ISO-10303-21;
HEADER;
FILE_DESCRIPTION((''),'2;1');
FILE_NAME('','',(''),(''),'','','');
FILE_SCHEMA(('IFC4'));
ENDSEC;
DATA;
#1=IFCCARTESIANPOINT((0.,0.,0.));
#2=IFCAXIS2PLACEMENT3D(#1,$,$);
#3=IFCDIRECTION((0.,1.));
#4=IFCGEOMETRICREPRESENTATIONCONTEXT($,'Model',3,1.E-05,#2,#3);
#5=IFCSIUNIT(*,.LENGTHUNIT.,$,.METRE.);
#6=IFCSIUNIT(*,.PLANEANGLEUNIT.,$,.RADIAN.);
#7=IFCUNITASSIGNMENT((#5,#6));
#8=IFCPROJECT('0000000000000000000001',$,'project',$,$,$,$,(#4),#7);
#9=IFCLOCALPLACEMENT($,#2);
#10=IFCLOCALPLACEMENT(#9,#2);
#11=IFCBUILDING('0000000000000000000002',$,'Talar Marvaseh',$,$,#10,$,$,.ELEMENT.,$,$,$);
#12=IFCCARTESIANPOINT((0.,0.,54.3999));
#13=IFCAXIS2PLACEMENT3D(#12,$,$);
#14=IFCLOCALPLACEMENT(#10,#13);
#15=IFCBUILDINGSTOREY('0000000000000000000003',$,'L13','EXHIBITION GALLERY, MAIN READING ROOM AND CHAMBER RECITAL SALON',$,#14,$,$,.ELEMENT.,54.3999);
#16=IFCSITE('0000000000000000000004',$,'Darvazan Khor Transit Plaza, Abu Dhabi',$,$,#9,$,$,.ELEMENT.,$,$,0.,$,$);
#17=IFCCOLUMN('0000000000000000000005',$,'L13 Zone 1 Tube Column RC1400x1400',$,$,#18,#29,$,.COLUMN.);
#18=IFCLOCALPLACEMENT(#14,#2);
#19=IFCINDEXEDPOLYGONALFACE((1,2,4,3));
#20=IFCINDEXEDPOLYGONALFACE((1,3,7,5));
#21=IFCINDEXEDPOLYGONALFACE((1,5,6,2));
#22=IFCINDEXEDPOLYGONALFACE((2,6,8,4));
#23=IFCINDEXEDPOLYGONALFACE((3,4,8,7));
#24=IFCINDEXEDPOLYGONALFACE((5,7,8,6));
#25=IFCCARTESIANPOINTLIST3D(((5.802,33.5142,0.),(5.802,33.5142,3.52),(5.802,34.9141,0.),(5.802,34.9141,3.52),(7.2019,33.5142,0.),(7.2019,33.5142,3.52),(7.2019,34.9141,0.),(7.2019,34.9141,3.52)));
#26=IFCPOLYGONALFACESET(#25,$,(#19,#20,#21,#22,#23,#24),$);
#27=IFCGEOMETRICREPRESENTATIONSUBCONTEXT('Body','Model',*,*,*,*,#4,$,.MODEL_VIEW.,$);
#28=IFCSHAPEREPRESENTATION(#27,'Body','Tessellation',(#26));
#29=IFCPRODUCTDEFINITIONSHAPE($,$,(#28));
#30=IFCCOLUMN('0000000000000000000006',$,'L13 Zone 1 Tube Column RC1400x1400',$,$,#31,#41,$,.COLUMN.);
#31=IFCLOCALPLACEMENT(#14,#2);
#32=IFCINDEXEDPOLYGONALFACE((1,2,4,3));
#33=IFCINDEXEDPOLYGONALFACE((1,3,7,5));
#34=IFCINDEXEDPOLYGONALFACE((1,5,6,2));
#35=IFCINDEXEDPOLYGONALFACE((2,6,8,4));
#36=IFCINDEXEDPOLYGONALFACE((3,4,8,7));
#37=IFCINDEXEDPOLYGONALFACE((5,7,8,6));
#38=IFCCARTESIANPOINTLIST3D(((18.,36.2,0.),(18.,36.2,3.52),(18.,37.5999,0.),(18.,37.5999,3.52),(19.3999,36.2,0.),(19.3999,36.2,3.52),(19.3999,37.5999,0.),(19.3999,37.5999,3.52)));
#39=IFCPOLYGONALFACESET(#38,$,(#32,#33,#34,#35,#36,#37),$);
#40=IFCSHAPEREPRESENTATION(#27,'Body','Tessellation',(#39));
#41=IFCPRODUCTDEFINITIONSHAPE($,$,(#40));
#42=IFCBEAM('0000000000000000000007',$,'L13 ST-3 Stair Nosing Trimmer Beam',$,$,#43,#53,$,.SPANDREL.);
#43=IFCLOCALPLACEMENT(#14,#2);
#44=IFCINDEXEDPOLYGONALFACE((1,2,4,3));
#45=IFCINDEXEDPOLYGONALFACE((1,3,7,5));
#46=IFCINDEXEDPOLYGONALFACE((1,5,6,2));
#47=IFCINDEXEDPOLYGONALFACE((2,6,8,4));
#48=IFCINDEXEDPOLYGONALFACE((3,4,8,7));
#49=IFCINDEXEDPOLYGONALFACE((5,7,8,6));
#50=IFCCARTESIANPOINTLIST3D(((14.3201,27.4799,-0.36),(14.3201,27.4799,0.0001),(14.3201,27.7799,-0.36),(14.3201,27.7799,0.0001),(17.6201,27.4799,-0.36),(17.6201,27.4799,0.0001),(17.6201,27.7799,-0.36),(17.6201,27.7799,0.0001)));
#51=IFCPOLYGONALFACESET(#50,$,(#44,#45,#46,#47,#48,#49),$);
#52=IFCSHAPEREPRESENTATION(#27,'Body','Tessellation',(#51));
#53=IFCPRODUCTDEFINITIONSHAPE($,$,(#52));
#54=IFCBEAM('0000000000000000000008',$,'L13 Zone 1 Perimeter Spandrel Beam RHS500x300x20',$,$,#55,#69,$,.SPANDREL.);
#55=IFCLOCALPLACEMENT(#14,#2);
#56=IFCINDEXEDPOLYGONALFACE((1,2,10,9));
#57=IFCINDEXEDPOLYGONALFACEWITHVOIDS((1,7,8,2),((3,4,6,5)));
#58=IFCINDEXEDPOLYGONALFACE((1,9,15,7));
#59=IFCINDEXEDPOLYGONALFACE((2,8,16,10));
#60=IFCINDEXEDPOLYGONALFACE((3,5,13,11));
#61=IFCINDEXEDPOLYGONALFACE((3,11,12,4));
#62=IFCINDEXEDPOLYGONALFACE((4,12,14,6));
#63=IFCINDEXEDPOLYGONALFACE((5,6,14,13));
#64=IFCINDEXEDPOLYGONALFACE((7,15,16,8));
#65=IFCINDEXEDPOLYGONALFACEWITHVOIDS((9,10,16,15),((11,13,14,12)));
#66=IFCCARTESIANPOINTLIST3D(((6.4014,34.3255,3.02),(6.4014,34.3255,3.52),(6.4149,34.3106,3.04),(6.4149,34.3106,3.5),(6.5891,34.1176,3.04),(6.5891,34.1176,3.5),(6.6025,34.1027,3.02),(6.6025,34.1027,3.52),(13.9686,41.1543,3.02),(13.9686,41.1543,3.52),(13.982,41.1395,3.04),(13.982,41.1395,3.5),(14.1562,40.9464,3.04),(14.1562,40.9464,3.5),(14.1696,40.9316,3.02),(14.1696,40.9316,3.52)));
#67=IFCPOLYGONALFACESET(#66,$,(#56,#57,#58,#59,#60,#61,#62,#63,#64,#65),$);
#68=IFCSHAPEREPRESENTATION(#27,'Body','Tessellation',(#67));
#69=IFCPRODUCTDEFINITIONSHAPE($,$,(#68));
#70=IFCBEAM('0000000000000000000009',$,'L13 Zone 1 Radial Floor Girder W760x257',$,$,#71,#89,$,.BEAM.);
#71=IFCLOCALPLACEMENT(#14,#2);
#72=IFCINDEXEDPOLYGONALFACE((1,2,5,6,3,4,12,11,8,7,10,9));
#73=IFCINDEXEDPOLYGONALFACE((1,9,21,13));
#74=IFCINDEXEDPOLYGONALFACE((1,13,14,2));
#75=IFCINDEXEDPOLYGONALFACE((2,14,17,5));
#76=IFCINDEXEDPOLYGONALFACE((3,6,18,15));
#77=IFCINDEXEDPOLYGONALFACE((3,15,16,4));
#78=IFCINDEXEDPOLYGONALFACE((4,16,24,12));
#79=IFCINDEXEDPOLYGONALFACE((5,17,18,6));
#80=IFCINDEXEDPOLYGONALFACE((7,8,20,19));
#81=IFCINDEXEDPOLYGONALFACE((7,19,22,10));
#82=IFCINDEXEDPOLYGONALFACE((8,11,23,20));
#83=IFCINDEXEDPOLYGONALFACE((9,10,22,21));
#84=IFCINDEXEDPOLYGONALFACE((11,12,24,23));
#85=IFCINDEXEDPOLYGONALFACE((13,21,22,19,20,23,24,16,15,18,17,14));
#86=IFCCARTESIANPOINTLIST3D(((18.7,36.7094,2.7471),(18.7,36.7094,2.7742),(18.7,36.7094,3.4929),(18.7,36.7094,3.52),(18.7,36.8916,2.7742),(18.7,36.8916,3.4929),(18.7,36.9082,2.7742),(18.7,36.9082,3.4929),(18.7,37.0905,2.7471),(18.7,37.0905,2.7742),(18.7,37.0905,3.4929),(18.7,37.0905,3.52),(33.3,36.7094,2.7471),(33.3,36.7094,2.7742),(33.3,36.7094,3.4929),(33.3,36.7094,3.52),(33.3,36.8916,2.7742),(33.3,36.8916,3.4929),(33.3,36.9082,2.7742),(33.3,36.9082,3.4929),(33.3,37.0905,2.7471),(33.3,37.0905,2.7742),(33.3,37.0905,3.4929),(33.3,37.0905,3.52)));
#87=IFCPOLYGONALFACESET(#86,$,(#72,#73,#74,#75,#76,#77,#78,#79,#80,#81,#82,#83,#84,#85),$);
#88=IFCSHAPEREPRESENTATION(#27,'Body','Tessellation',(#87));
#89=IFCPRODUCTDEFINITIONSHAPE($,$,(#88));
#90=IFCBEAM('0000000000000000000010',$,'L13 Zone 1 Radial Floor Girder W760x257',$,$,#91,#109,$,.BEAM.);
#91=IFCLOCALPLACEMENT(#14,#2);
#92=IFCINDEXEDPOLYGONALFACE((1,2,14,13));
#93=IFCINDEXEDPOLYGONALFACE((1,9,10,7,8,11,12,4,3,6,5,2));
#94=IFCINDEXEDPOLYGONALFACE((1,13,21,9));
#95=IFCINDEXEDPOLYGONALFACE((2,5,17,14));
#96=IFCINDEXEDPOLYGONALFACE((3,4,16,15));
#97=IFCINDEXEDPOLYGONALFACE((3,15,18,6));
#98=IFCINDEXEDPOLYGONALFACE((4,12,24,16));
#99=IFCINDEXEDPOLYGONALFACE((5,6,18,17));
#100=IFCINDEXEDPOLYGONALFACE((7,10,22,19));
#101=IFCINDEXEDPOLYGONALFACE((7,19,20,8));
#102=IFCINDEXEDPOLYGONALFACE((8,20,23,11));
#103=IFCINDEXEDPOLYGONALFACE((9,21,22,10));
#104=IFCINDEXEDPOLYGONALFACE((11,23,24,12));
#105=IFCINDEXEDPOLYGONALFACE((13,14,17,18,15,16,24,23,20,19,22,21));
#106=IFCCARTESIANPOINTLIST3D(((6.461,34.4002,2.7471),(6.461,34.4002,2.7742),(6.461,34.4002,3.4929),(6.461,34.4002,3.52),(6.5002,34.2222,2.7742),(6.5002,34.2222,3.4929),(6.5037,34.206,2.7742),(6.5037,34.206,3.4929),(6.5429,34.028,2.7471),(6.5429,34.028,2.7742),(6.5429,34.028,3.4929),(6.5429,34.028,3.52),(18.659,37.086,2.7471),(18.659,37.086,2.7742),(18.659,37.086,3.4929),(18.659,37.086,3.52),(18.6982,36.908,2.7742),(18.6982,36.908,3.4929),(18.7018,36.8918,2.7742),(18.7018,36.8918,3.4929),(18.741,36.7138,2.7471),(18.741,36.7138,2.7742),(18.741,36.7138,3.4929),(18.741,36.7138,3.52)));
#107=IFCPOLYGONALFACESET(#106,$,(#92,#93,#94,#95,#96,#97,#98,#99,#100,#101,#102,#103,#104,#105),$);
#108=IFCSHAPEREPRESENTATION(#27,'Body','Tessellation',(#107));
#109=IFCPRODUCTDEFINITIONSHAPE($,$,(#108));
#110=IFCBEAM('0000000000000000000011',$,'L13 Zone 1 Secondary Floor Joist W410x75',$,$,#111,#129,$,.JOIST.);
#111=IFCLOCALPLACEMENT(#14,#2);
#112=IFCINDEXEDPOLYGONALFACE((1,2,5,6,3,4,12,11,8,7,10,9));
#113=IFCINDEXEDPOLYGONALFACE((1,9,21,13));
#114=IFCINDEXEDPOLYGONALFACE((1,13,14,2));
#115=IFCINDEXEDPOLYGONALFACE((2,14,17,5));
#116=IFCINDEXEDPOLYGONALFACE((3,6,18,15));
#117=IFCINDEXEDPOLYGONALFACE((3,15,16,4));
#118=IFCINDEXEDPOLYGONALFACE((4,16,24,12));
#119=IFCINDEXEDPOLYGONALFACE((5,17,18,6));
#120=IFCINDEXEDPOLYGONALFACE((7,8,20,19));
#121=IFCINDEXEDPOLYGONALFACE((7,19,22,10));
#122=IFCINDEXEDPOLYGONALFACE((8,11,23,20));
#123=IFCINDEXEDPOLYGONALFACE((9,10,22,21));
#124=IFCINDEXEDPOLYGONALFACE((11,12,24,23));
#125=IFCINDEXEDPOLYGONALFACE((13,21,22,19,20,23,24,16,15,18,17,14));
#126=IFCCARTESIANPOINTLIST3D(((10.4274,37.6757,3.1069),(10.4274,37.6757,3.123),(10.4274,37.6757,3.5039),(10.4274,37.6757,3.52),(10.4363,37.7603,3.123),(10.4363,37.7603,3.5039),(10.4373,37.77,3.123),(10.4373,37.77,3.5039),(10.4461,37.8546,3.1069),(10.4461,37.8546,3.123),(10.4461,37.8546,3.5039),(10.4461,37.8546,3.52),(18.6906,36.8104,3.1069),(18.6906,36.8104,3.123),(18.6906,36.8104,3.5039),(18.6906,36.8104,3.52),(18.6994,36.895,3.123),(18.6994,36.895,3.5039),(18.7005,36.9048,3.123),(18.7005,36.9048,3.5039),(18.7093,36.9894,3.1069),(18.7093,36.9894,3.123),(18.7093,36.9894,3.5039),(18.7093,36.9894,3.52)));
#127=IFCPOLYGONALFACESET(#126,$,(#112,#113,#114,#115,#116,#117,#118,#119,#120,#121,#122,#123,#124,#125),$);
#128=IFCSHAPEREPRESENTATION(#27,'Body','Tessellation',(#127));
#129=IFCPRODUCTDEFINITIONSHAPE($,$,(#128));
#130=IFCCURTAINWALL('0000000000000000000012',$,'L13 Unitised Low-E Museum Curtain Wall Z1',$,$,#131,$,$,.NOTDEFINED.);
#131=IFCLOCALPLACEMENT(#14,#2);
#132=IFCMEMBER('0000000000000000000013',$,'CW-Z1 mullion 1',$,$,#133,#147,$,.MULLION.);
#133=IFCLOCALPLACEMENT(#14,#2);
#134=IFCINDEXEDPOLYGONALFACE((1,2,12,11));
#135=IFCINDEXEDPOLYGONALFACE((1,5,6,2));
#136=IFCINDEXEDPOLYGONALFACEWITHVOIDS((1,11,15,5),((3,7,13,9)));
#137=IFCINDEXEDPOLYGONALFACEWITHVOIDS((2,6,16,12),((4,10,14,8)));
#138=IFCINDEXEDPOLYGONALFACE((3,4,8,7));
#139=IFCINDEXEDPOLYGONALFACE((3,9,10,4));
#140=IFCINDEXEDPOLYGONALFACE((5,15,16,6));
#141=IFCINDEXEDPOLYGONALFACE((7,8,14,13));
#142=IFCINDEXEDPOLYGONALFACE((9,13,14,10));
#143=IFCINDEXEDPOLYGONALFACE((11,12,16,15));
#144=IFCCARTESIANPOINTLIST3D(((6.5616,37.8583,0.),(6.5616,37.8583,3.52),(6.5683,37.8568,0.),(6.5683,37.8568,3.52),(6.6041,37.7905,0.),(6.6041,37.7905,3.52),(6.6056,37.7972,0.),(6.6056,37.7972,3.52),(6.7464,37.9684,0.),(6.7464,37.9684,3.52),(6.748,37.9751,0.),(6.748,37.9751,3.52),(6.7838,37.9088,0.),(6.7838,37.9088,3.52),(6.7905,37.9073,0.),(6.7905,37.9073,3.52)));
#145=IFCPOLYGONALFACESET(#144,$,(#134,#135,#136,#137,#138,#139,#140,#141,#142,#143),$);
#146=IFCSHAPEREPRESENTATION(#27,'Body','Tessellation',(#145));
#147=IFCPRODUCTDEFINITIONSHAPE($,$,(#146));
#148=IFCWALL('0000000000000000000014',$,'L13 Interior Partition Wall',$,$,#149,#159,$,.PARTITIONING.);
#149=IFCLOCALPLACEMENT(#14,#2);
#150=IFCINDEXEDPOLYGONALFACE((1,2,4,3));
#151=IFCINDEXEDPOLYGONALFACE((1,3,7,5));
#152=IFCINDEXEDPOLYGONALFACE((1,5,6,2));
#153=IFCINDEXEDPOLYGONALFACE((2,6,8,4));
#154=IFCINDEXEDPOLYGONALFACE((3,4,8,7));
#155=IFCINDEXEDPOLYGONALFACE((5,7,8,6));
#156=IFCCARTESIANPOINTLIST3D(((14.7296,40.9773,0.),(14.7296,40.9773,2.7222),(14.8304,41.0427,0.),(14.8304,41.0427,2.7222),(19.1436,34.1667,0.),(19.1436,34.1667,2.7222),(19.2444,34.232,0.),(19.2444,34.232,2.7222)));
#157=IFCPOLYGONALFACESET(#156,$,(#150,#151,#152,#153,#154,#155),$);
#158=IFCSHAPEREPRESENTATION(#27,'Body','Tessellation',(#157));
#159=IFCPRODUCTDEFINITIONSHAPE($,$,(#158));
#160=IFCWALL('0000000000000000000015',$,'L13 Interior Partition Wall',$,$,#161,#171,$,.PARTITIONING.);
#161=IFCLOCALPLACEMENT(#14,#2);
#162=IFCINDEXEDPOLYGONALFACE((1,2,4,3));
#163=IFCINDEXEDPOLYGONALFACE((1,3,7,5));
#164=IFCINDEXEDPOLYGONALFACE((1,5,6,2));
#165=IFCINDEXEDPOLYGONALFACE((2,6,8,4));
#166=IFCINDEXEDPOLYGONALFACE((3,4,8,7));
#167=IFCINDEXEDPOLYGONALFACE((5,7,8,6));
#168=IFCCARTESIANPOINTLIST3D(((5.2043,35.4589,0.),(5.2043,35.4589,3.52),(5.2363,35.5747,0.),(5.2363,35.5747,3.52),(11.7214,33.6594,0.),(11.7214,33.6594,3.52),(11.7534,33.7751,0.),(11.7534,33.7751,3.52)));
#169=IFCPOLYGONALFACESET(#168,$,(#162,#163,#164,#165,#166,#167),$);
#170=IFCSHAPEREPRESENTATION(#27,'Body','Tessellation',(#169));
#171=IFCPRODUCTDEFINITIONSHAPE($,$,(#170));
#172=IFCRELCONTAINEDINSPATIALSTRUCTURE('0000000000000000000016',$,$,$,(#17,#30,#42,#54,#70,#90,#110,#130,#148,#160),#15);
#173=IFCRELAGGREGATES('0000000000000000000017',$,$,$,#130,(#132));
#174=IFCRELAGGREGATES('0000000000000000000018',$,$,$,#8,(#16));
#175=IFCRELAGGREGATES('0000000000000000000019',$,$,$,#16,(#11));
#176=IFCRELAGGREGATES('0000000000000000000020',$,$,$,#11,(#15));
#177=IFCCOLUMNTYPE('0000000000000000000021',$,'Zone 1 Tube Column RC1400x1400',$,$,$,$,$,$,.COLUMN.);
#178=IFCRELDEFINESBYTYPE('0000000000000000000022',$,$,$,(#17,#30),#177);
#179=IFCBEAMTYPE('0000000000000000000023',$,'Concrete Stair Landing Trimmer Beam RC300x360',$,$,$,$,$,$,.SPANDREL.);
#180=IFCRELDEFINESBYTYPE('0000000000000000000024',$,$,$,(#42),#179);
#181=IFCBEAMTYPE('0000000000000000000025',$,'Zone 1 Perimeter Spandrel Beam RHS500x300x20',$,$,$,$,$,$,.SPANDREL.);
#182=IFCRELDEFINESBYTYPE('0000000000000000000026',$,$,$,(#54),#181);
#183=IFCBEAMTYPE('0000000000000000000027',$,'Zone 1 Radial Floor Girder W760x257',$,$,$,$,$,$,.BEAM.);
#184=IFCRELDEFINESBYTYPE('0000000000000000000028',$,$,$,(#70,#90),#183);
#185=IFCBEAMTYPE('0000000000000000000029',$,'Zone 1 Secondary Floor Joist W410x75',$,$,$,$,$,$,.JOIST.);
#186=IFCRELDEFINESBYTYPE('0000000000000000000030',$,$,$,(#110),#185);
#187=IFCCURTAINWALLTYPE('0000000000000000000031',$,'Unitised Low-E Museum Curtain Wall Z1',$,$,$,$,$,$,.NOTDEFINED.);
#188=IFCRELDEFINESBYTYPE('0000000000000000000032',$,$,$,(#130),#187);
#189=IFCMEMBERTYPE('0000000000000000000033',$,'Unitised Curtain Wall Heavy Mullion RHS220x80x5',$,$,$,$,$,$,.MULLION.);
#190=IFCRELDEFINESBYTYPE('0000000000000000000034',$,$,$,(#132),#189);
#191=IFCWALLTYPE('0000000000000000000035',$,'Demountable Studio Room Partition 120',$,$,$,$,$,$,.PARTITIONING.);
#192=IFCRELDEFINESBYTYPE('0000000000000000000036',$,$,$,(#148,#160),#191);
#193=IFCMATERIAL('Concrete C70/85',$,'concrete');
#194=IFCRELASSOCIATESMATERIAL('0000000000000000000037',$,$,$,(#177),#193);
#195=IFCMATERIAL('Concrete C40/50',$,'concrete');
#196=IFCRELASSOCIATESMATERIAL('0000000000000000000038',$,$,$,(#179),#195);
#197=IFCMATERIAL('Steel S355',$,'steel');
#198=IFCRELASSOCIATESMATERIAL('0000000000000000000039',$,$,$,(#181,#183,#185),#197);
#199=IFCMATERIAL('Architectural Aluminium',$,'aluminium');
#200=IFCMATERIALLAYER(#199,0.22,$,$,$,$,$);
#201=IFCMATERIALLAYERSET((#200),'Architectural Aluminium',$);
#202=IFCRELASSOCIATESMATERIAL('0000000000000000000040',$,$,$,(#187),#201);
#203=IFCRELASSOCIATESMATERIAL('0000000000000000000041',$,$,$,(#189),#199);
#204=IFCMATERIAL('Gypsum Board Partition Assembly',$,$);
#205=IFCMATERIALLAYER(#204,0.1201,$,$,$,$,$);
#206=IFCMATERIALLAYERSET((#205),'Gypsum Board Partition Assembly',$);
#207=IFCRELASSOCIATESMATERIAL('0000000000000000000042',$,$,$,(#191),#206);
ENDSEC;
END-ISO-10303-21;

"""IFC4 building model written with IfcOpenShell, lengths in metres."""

from ifc_helpers import new_model, si_unit, direction, frame, frame_2d, origin, origin_2d, place, context, subcontext, project, spatial, rectangle, hollow_rectangle, i_section, extrude, source, transform, mapped, material, layer, layer_set, material_profile, profile_set, type_object, type_shapes, element, aggregate, save


model = new_model("IFC4")

# Units and contexts
model_context = context("Model", 3, precision=1e-05, world=origin(), true_north=direction((0.0, 1.0)))
body_context = subcontext(model_context, "Body", "Model", "MODEL_VIEW")
ifc_project = project(units=[si_unit("LENGTHUNIT", "METRE"), si_unit("PLANEANGLEUNIT", "RADIAN")], contexts=[model_context])

# Site, building, storey
site_placement = place(None, origin())
site = spatial("IfcSite", under=ifc_project, at=site_placement, Name="Darvazan Khor Transit Plaza, Abu Dhabi", CompositionType="ELEMENT", RefElevation=0.0)
building_placement = place(site_placement, origin())
building = spatial("IfcBuilding", under=site, at=building_placement, Name="Talar Marvaseh", CompositionType="ELEMENT")
storey_placement = place(building_placement, frame((0.0, 0.0, 54.3999)))
storey = spatial("IfcBuildingStorey", under=building, at=storey_placement, Name="L13", Description="EXHIBITION GALLERY, MAIN READING ROOM AND CHAMBER RECITAL SALON", CompositionType="ELEMENT", Elevation=54.3999)

# Columns
ifc_material_1 = material(Name="Concrete C70/85", Category="concrete")
ifc_material_profile_1 = material_profile(ifc_material_1, rectangle(XDim=1.3999, YDim=1.3999, at=origin_2d()), Name="RC1400x1400")
ifc_profile_set_1 = profile_set([ifc_material_profile_1], Name="Concrete C70/85")
column_type = type_object("IfcColumnType", Name="Zone 1 Tube Column RC1400x1400", PredefinedType="COLUMN", material=ifc_profile_set_1)
for number, where, z_axis, x_axis, name in (
    (1, (6.502, 34.2141, 0.0), (0.0, 0.0, 1.0), (1.0, 0.0, 0.0), "L13 Zone 1 Tube Column RC1400x1400"),
    (2, (18.7, 36.8999, 0.0), (0.0, 0.0, 1.0), (1.0, 0.0, 0.0), "L13 Zone 1 Tube Column RC1400x1400"),
):
    element("IfcColumn", number, at=place(storey_placement, frame(where, z_axis=z_axis, x_axis=x_axis)), inside=storey, type_object=column_type, Name=name, PredefinedType="COLUMN", context=body_context, shape_type="SweptSolid", body=[
        extrude(rectangle(XDim=1.3999, YDim=1.3999, at=origin_2d()), origin(), (0.0, 0.0, 1.0), 3.52),
    ])

# Beams
ifc_material_2 = material(Name="Concrete C40/50", Category="concrete")
ifc_material_profile_2 = material_profile(ifc_material_2, rectangle(XDim=0.3, YDim=0.3601, at=origin_2d()), Name="RC300x360")
ifc_profile_set_2 = profile_set([ifc_material_profile_2], Name="Concrete C40/50")
beam_type_1 = type_object("IfcBeamType", Name="Concrete Stair Landing Trimmer Beam RC300x360", PredefinedType="SPANDREL", material=ifc_profile_set_2)
beam_1_placement = place(storey_placement, frame((17.6201, 27.6299, -0.1799), z_axis=(-1.0, 0.0, 0.0), x_axis=(0.0, -1.0, 0.0)))
element("IfcBeam", 3, at=beam_1_placement, inside=storey, type_object=beam_type_1, Name="L13 ST-3 Stair Nosing Trimmer Beam", PredefinedType="SPANDREL", context=body_context, shape_type="SweptSolid", body=[
    extrude(rectangle(XDim=0.3, YDim=0.3601, at=origin_2d()), origin(), (0.0, 0.0, 1.0), 3.3),
])
ifc_material_3 = material(Name="Steel S355", Category="steel")
ifc_material_profile_3 = material_profile(ifc_material_3, hollow_rectangle(XDim=0.3, YDim=0.5, WallThickness=0.02, at=origin_2d()), Name="RHS500x300x20")
ifc_profile_set_3 = profile_set([ifc_material_profile_3], Name="Steel S355")
beam_type_2 = type_object("IfcBeamType", Name="Zone 1 Perimeter Spandrel Beam RHS500x300x20", PredefinedType="SPANDREL", material=ifc_profile_set_3)
beam_2_placement = place(storey_placement, frame((6.502, 34.2141, 3.27), z_axis=(0.742394, 0.669963, 0.0), x_axis=(-0.669963, 0.742394, 0.0)))
element("IfcBeam", 4, at=beam_2_placement, inside=storey, type_object=beam_type_2, Name="L13 Zone 1 Perimeter Spandrel Beam RHS500x300x20", PredefinedType="SPANDREL", context=body_context, shape_type="SweptSolid", body=[
    extrude(hollow_rectangle(XDim=0.3, YDim=0.5, WallThickness=0.02, at=origin_2d()), origin(), (0.0, 0.0, 1.0), 10.1929),
])
ifc_material_profile_4 = material_profile(ifc_material_3, i_section(OverallWidth=0.3811, OverallDepth=0.7729, WebThickness=0.0166, FlangeThickness=0.0271, at=origin_2d()), Name="W760x257")
ifc_profile_set_4 = profile_set([ifc_material_profile_4], Name="Steel S355")
beam_type_3 = type_object("IfcBeamType", Name="Zone 1 Radial Floor Girder W760x257", PredefinedType="BEAM", material=ifc_profile_set_4)
beam_3_placement = place(storey_placement, frame((18.7, 36.8999, 3.1335), z_axis=(1.0, 0.0, 0.0), x_axis=(0.0, 1.0, 0.0)))
element("IfcBeam", 5, at=beam_3_placement, inside=storey, type_object=beam_type_3, Name="L13 Zone 1 Radial Floor Girder W760x257", PredefinedType="BEAM", context=body_context, shape_type="SweptSolid", body=[
    extrude(i_section(OverallWidth=0.3811, OverallDepth=0.7729, WebThickness=0.0166, FlangeThickness=0.0271, at=origin_2d()), origin(), (0.0, 0.0, 1.0), 14.6001),
])
beam_4_placement = place(storey_placement, frame((6.502, 34.2141, 3.1335), z_axis=(0.976607, 0.215032, 0.0), x_axis=(-0.215032, 0.976607, 0.0)))
element("IfcBeam", 6, at=beam_4_placement, inside=storey, type_object=beam_type_3, Name="L13 Zone 1 Radial Floor Girder W760x257", PredefinedType="BEAM", context=body_context, shape_type="SweptSolid", body=[
    extrude(i_section(OverallWidth=0.3811, OverallDepth=0.7729, WebThickness=0.0166, FlangeThickness=0.0271, at=origin_2d()), origin(), (0.0, 0.0, 1.0), 12.4902),
])
ifc_material_profile_5 = material_profile(ifc_material_3, i_section(OverallWidth=0.1799, OverallDepth=0.4131, WebThickness=0.0098, FlangeThickness=0.0161, at=origin_2d()), Name="W410x75")
ifc_profile_set_5 = profile_set([ifc_material_profile_5], Name="Steel S355")
beam_type_4 = type_object("IfcBeamType", Name="Zone 1 Secondary Floor Joist W410x75", PredefinedType="JOIST", material=ifc_profile_set_5)
beam_5_placement = place(storey_placement, frame((10.4368, 37.7651, 3.3135), z_axis=(0.994563, -0.10414, 0.0), x_axis=(0.10414, 0.994563, 0.0)))
element("IfcBeam", 7, at=beam_5_placement, inside=storey, type_object=beam_type_4, Name="L13 Zone 1 Secondary Floor Joist W410x75", PredefinedType="JOIST", context=body_context, shape_type="SweptSolid", body=[
    extrude(i_section(OverallWidth=0.1799, OverallDepth=0.4131, WebThickness=0.0098, FlangeThickness=0.0161, at=origin_2d()), origin(), (0.0, 0.0, 1.0), 8.3083),
])

# Curtain wall, member
ifc_material_4 = material(Name="Architectural Aluminium", Category="aluminium")
ifc_layer_1 = layer(ifc_material_4, 0.22)
ifc_layer_set_1 = layer_set([ifc_layer_1], Name="Architectural Aluminium")
curtain_wall_type = type_object("IfcCurtainWallType", Name="Unitised Low-E Museum Curtain Wall Z1", PredefinedType="NOTDEFINED", material=ifc_layer_set_1)
curtain_wall_placement = place(storey_placement, origin())
curtain_wall = element("IfcCurtainWall", 8, at=curtain_wall_placement, inside=storey, type_object=curtain_wall_type, Name="L13 Unitised Low-E Museum Curtain Wall Z1", PredefinedType="NOTDEFINED")
ifc_material_profile_6 = material_profile(ifc_material_4, hollow_rectangle(XDim=0.0801, YDim=0.22, WallThickness=0.0049, at=origin_2d()), Name="RHS220x80x5")
ifc_profile_set_6 = profile_set([ifc_material_profile_6], Name="Architectural Aluminium")
member_type = type_object("IfcMemberType", Name="Unitised Curtain Wall Heavy Mullion RHS220x80x5", PredefinedType="MULLION", material=ifc_profile_set_6)
shared_shape_1 = source(origin(), body_context, "Body", "SweptSolid", [
    extrude(hollow_rectangle(XDim=0.0801, YDim=0.22, WallThickness=0.0049, at=origin_2d()), origin(), (0.0, 0.0, 1.0), 3.52),
])
type_shapes(member_type, [shared_shape_1])
member_placement = place(storey_placement, frame((6.676, 37.8828, 0.0), z_axis=(0.0, 0.0, 1.0), x_axis=(-0.530927, 0.847418, 0.0)))
member = element("IfcMember", 9, at=member_placement, type_object=member_type, Name="CW-Z1 mullion 1", PredefinedType="MULLION", context=body_context, shape_type="MappedRepresentation", body=[
    mapped(shared_shape_1, transform((0.0, 0.0, 0.0), x_axis=(1.0, 0.0, 0.0), y_axis=(0.0, 1.0, 0.0), z_axis=(0.0, 0.0, 1.0), scale=1.0)),
])
aggregate(curtain_wall, [member])

# Walls
ifc_material_5 = material(Name="Gypsum Board Partition Assembly")
ifc_layer_2 = layer(ifc_material_5, 0.1201)
ifc_layer_set_2 = layer_set([ifc_layer_2], Name="Gypsum Board Partition Assembly")
wall_type_1 = type_object("IfcWallType", Name="Demountable Studio Room Partition 120", PredefinedType="PARTITIONING", material=ifc_layer_set_2)
wall_1_placement = place(storey_placement, frame((19.1941, 34.1992, 0.0), z_axis=(0.0, 0.0, 1.0), x_axis=(-0.543866, 0.839172, 0.0)))
element("IfcWall", 10, at=wall_1_placement, inside=storey, type_object=wall_type_1, Name="L13 Interior Partition Wall", PredefinedType="PARTITIONING", context=body_context, shape_type="SweptSolid", body=[
    extrude(rectangle(XDim=8.116, YDim=0.1201, at=frame_2d((4.0581, 0.0))), origin(), (0.0, 0.0, 1.0), 2.7222),
])
wall_2_placement = place(storey_placement, frame((11.7373, 33.7173, 0.0), z_axis=(0.0, 0.0, 1.0), x_axis=(-0.963927, 0.266169, 0.0)))
element("IfcWall", 11, at=wall_2_placement, inside=storey, type_object=wall_type_1, Name="L13 Interior Partition Wall", PredefinedType="PARTITIONING", context=body_context, shape_type="SweptSolid", body=[
    extrude(rectangle(XDim=6.761, YDim=0.1201, at=frame_2d((3.3804, 0.0))), origin(), (0.0, 0.0, 1.0), 3.52),
])

save(model, "model.ifc")
